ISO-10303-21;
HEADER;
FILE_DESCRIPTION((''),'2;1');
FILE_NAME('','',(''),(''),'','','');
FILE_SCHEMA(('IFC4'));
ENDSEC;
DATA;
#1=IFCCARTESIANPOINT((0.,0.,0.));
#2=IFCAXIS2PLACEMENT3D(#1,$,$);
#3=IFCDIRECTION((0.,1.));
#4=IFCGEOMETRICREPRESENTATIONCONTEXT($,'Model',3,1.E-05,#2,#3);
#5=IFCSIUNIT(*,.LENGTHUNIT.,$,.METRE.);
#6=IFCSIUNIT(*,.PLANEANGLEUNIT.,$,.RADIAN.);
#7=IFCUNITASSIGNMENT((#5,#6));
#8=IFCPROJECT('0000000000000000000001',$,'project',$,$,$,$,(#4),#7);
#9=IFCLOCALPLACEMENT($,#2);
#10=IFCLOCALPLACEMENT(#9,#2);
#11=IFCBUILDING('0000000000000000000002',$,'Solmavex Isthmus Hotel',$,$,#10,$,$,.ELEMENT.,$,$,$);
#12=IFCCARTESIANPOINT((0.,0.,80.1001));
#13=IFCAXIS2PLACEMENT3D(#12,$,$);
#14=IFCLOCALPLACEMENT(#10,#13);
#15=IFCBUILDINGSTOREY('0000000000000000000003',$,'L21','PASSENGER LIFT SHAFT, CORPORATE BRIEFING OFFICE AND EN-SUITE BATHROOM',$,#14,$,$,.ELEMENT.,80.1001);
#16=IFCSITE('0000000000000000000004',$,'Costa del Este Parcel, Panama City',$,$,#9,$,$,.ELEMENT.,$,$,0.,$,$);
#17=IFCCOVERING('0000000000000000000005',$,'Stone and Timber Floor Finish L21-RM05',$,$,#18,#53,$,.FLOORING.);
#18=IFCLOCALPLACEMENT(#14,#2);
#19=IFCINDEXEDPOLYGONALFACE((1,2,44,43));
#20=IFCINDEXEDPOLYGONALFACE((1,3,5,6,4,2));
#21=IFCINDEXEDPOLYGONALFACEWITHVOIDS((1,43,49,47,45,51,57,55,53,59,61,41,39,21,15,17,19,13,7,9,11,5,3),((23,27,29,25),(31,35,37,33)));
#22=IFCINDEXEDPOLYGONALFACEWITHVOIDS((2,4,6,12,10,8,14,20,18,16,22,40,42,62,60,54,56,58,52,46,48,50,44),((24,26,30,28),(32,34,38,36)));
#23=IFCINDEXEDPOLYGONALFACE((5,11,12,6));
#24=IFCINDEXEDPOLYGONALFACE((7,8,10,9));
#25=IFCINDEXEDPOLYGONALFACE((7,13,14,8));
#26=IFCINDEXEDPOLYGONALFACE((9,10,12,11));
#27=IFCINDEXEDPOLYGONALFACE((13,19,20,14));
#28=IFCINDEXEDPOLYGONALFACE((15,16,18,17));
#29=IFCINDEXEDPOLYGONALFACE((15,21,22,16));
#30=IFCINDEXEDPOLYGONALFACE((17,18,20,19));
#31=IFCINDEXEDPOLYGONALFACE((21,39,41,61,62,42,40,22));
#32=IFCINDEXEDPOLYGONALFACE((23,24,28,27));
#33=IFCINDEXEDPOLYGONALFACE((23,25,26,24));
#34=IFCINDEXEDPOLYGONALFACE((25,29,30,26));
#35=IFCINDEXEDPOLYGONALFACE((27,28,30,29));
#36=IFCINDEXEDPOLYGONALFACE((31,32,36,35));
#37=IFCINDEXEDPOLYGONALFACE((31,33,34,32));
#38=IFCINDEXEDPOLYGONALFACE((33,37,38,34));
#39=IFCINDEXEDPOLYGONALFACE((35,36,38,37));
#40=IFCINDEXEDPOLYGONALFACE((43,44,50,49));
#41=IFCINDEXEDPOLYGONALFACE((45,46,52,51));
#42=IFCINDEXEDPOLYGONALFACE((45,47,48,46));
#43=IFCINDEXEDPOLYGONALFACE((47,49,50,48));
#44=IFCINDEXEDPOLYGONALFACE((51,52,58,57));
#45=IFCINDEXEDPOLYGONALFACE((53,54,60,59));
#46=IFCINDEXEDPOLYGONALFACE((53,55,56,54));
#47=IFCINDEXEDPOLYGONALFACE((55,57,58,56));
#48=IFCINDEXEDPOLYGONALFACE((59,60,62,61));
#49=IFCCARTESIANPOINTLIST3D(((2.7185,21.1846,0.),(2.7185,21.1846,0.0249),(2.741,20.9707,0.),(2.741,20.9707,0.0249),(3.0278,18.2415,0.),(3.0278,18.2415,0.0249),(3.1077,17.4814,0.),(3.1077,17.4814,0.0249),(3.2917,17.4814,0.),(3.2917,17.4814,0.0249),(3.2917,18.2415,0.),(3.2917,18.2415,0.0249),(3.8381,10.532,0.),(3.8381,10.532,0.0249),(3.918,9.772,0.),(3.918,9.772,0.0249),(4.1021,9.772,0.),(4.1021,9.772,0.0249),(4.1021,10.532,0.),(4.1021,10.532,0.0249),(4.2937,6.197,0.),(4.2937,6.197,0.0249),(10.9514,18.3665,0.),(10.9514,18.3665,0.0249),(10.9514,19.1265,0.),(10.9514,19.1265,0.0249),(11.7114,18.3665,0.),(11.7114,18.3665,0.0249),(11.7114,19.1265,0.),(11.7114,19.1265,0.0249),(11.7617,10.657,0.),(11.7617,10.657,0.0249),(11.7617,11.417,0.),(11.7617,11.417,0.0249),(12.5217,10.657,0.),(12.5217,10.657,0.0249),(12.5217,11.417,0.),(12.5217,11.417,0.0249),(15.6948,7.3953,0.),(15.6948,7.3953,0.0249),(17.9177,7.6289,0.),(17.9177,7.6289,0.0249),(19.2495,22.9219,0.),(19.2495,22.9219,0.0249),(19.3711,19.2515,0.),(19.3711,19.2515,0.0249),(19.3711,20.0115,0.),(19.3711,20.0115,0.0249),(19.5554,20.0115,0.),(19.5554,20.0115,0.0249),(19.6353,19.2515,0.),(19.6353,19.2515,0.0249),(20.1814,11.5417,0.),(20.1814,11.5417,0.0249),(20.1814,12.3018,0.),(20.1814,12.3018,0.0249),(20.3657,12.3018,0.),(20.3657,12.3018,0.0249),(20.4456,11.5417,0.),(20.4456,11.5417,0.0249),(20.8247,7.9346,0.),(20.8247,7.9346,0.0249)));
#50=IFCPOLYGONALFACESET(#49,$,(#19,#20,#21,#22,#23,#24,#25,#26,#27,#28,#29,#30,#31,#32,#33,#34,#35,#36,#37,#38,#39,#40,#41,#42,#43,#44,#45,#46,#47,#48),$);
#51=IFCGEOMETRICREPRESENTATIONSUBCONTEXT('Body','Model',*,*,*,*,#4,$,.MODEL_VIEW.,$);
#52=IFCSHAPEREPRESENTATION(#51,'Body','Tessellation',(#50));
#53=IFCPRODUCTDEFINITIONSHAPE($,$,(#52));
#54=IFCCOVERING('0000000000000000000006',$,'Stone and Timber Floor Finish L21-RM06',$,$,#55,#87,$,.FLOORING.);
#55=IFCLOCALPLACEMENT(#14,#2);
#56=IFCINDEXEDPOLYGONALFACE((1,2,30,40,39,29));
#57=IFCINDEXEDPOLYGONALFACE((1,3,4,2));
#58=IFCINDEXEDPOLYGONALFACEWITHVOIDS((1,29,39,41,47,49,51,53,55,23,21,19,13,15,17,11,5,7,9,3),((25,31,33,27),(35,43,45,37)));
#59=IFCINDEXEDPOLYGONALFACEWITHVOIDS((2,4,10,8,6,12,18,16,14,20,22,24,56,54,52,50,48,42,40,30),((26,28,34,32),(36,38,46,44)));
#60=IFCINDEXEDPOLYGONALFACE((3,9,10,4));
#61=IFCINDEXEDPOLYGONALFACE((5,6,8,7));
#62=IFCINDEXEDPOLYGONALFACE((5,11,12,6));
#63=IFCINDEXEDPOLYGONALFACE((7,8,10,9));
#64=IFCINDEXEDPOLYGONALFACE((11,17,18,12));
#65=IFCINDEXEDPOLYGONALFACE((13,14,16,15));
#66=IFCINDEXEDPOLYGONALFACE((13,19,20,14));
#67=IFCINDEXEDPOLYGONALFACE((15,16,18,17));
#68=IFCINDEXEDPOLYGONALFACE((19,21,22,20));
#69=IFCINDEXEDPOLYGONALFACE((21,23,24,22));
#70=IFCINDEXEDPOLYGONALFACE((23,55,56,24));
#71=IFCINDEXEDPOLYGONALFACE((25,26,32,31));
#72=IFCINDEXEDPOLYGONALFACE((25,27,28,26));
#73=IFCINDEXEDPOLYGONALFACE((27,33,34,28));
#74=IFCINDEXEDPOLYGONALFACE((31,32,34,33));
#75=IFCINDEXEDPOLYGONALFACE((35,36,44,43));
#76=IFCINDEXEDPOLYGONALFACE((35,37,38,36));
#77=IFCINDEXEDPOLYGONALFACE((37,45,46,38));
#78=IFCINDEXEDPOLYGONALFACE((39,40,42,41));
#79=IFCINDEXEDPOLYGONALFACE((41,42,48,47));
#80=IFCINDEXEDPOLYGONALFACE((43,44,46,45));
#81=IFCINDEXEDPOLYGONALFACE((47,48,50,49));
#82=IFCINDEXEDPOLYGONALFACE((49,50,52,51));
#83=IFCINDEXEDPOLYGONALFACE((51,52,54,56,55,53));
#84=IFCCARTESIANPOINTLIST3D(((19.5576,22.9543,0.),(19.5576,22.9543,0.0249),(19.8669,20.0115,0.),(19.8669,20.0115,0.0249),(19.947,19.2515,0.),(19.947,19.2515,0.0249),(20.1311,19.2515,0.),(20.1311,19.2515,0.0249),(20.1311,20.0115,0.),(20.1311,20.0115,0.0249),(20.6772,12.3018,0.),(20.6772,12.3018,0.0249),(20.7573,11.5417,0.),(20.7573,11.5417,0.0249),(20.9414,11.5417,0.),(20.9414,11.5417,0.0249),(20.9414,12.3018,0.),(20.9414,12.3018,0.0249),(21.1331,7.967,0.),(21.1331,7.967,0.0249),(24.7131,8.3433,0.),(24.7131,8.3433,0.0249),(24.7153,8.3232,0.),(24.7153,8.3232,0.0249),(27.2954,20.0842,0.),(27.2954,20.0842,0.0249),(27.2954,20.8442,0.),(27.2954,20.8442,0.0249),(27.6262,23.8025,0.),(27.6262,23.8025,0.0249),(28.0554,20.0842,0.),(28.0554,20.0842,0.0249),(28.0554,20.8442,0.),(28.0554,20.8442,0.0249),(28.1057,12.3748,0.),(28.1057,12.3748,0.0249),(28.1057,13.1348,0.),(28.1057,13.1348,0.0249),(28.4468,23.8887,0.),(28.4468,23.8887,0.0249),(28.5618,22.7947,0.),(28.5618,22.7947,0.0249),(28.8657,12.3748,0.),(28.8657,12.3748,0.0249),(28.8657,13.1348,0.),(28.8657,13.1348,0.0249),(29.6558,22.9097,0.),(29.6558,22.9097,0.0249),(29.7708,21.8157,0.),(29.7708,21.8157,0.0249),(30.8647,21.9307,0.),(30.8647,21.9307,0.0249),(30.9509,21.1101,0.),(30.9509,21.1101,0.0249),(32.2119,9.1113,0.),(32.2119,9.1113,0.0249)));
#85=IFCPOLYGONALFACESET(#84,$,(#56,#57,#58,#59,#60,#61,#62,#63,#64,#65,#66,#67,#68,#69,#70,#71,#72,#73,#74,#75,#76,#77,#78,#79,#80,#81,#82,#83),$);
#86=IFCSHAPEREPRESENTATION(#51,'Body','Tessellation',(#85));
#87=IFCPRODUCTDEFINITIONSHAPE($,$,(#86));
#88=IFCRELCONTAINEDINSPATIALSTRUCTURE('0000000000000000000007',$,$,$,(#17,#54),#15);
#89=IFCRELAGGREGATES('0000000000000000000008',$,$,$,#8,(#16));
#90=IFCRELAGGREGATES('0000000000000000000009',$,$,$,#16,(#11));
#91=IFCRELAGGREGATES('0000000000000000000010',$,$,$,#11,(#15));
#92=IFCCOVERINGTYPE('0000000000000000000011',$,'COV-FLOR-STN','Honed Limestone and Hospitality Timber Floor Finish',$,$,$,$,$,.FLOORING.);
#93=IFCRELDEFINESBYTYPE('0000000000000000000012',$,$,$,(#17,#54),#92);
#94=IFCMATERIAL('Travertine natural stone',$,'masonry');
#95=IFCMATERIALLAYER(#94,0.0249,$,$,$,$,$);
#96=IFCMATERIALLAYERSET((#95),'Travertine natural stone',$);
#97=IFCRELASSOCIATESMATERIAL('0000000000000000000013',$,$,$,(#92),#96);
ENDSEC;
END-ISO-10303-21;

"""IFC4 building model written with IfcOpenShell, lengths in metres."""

from ifc_helpers import new_model, si_unit, direction, frame, origin, place, context, subcontext, project, spatial, polyline, outline, extrude, material, layer, layer_set, type_object, element, save


model = new_model("IFC4")

# Units and contexts
model_context = context("Model", 3, precision=1e-05, world=origin(), true_north=direction((0.0, 1.0)))
body_context = subcontext(model_context, "Body", "Model", "MODEL_VIEW")
ifc_project = project(units=[si_unit("LENGTHUNIT", "METRE"), si_unit("PLANEANGLEUNIT", "RADIAN")], contexts=[model_context])

# Site, building, storey
site_placement = place(None, origin())
site = spatial("IfcSite", under=ifc_project, at=site_placement, Name="Costa del Este Parcel, Panama City", CompositionType="ELEMENT", RefElevation=0.0)
building_placement = place(site_placement, origin())
building = spatial("IfcBuilding", under=site, at=building_placement, Name="Solmavex Isthmus Hotel", CompositionType="ELEMENT")
storey_placement = place(building_placement, frame((0.0, 0.0, 80.1001)))
storey = spatial("IfcBuildingStorey", under=building, at=storey_placement, Name="L21", Description="PASSENGER LIFT SHAFT, CORPORATE BRIEFING OFFICE AND EN-SUITE BATHROOM", CompositionType="ELEMENT", Elevation=80.1001)

# Coverings
ifc_material_1 = material(Name="Travertine natural stone", Category="masonry")
ifc_layer_1 = layer(ifc_material_1, 0.0249)
ifc_layer_set_1 = layer_set([ifc_layer_1], Name="Travertine natural stone")
covering_type_1 = type_object("IfcCoveringType", Name="COV-FLOR-STN", Description="Honed Limestone and Hospitality Timber Floor Finish", PredefinedType="FLOORING", material=ifc_layer_set_1)
covering_1_placement = place(storey_placement, origin())
element("IfcCovering", 1, at=covering_1_placement, inside=storey, type_object=covering_type_1, Name="Stone and Timber Floor Finish L21-RM05", PredefinedType="FLOORING", context=body_context, shape_type="SweptSolid", body=[
    extrude(outline(polyline([(3.8381, 10.532), (4.1021, 10.532), (4.1021, 9.772), (3.918, 9.772), (4.2937, 6.197), (15.6948, 7.3953), (17.9177, 7.6289), (20.8247, 7.9346), (20.4456, 11.5417), (20.1814, 11.5417), (20.1814, 12.3018), (20.3657, 12.3018), (19.6353, 19.2515), (19.3711, 19.2515), (19.3711, 20.0115), (19.5554, 20.0115), (19.2495, 22.9219), (2.7185, 21.1846), (2.741, 20.9707), (3.0278, 18.2415), (3.2917, 18.2415), (3.2917, 17.4814), (3.1077, 17.4814), (3.8381, 10.532)]), holes=[polyline([(11.7617, 10.657), (11.7617, 11.417), (12.5217, 11.417), (12.5217, 10.657), (11.7617, 10.657)]), polyline([(10.9514, 18.3665), (10.9514, 19.1265), (11.7114, 19.1265), (11.7114, 18.3665), (10.9514, 18.3665)])]), origin(), (0.0, 0.0, 1.0), 0.0249),
])
covering_2_placement = place(storey_placement, origin())
element("IfcCovering", 2, at=covering_2_placement, inside=storey, type_object=covering_type_1, Name="Stone and Timber Floor Finish L21-RM06", PredefinedType="FLOORING", context=body_context, shape_type="SweptSolid", body=[
    extrude(outline(polyline([(20.6772, 12.3018), (20.9414, 12.3018), (20.9414, 11.5417), (20.7573, 11.5417), (21.1331, 7.967), (24.7131, 8.3433), (24.7153, 8.3232), (32.2119, 9.1113), (30.9509, 21.1101), (30.8647, 21.9307), (29.7708, 21.8157), (29.6558, 22.9097), (28.5618, 22.7947), (28.4468, 23.8887), (27.6262, 23.8025), (19.5576, 22.9543), (19.8669, 20.0115), (20.1311, 20.0115), (20.1311, 19.2515), (19.947, 19.2515), (20.6772, 12.3018)]), holes=[polyline([(28.1057, 12.3748), (28.1057, 13.1348), (28.8657, 13.1348), (28.8657, 12.3748), (28.1057, 12.3748)]), polyline([(27.2954, 20.8442), (28.0554, 20.8442), (28.0554, 20.0842), (27.2954, 20.0842), (27.2954, 20.8442)])]), origin(), (0.0, 0.0, 1.0), 0.0249),
])

save(model, "model.ifc")
